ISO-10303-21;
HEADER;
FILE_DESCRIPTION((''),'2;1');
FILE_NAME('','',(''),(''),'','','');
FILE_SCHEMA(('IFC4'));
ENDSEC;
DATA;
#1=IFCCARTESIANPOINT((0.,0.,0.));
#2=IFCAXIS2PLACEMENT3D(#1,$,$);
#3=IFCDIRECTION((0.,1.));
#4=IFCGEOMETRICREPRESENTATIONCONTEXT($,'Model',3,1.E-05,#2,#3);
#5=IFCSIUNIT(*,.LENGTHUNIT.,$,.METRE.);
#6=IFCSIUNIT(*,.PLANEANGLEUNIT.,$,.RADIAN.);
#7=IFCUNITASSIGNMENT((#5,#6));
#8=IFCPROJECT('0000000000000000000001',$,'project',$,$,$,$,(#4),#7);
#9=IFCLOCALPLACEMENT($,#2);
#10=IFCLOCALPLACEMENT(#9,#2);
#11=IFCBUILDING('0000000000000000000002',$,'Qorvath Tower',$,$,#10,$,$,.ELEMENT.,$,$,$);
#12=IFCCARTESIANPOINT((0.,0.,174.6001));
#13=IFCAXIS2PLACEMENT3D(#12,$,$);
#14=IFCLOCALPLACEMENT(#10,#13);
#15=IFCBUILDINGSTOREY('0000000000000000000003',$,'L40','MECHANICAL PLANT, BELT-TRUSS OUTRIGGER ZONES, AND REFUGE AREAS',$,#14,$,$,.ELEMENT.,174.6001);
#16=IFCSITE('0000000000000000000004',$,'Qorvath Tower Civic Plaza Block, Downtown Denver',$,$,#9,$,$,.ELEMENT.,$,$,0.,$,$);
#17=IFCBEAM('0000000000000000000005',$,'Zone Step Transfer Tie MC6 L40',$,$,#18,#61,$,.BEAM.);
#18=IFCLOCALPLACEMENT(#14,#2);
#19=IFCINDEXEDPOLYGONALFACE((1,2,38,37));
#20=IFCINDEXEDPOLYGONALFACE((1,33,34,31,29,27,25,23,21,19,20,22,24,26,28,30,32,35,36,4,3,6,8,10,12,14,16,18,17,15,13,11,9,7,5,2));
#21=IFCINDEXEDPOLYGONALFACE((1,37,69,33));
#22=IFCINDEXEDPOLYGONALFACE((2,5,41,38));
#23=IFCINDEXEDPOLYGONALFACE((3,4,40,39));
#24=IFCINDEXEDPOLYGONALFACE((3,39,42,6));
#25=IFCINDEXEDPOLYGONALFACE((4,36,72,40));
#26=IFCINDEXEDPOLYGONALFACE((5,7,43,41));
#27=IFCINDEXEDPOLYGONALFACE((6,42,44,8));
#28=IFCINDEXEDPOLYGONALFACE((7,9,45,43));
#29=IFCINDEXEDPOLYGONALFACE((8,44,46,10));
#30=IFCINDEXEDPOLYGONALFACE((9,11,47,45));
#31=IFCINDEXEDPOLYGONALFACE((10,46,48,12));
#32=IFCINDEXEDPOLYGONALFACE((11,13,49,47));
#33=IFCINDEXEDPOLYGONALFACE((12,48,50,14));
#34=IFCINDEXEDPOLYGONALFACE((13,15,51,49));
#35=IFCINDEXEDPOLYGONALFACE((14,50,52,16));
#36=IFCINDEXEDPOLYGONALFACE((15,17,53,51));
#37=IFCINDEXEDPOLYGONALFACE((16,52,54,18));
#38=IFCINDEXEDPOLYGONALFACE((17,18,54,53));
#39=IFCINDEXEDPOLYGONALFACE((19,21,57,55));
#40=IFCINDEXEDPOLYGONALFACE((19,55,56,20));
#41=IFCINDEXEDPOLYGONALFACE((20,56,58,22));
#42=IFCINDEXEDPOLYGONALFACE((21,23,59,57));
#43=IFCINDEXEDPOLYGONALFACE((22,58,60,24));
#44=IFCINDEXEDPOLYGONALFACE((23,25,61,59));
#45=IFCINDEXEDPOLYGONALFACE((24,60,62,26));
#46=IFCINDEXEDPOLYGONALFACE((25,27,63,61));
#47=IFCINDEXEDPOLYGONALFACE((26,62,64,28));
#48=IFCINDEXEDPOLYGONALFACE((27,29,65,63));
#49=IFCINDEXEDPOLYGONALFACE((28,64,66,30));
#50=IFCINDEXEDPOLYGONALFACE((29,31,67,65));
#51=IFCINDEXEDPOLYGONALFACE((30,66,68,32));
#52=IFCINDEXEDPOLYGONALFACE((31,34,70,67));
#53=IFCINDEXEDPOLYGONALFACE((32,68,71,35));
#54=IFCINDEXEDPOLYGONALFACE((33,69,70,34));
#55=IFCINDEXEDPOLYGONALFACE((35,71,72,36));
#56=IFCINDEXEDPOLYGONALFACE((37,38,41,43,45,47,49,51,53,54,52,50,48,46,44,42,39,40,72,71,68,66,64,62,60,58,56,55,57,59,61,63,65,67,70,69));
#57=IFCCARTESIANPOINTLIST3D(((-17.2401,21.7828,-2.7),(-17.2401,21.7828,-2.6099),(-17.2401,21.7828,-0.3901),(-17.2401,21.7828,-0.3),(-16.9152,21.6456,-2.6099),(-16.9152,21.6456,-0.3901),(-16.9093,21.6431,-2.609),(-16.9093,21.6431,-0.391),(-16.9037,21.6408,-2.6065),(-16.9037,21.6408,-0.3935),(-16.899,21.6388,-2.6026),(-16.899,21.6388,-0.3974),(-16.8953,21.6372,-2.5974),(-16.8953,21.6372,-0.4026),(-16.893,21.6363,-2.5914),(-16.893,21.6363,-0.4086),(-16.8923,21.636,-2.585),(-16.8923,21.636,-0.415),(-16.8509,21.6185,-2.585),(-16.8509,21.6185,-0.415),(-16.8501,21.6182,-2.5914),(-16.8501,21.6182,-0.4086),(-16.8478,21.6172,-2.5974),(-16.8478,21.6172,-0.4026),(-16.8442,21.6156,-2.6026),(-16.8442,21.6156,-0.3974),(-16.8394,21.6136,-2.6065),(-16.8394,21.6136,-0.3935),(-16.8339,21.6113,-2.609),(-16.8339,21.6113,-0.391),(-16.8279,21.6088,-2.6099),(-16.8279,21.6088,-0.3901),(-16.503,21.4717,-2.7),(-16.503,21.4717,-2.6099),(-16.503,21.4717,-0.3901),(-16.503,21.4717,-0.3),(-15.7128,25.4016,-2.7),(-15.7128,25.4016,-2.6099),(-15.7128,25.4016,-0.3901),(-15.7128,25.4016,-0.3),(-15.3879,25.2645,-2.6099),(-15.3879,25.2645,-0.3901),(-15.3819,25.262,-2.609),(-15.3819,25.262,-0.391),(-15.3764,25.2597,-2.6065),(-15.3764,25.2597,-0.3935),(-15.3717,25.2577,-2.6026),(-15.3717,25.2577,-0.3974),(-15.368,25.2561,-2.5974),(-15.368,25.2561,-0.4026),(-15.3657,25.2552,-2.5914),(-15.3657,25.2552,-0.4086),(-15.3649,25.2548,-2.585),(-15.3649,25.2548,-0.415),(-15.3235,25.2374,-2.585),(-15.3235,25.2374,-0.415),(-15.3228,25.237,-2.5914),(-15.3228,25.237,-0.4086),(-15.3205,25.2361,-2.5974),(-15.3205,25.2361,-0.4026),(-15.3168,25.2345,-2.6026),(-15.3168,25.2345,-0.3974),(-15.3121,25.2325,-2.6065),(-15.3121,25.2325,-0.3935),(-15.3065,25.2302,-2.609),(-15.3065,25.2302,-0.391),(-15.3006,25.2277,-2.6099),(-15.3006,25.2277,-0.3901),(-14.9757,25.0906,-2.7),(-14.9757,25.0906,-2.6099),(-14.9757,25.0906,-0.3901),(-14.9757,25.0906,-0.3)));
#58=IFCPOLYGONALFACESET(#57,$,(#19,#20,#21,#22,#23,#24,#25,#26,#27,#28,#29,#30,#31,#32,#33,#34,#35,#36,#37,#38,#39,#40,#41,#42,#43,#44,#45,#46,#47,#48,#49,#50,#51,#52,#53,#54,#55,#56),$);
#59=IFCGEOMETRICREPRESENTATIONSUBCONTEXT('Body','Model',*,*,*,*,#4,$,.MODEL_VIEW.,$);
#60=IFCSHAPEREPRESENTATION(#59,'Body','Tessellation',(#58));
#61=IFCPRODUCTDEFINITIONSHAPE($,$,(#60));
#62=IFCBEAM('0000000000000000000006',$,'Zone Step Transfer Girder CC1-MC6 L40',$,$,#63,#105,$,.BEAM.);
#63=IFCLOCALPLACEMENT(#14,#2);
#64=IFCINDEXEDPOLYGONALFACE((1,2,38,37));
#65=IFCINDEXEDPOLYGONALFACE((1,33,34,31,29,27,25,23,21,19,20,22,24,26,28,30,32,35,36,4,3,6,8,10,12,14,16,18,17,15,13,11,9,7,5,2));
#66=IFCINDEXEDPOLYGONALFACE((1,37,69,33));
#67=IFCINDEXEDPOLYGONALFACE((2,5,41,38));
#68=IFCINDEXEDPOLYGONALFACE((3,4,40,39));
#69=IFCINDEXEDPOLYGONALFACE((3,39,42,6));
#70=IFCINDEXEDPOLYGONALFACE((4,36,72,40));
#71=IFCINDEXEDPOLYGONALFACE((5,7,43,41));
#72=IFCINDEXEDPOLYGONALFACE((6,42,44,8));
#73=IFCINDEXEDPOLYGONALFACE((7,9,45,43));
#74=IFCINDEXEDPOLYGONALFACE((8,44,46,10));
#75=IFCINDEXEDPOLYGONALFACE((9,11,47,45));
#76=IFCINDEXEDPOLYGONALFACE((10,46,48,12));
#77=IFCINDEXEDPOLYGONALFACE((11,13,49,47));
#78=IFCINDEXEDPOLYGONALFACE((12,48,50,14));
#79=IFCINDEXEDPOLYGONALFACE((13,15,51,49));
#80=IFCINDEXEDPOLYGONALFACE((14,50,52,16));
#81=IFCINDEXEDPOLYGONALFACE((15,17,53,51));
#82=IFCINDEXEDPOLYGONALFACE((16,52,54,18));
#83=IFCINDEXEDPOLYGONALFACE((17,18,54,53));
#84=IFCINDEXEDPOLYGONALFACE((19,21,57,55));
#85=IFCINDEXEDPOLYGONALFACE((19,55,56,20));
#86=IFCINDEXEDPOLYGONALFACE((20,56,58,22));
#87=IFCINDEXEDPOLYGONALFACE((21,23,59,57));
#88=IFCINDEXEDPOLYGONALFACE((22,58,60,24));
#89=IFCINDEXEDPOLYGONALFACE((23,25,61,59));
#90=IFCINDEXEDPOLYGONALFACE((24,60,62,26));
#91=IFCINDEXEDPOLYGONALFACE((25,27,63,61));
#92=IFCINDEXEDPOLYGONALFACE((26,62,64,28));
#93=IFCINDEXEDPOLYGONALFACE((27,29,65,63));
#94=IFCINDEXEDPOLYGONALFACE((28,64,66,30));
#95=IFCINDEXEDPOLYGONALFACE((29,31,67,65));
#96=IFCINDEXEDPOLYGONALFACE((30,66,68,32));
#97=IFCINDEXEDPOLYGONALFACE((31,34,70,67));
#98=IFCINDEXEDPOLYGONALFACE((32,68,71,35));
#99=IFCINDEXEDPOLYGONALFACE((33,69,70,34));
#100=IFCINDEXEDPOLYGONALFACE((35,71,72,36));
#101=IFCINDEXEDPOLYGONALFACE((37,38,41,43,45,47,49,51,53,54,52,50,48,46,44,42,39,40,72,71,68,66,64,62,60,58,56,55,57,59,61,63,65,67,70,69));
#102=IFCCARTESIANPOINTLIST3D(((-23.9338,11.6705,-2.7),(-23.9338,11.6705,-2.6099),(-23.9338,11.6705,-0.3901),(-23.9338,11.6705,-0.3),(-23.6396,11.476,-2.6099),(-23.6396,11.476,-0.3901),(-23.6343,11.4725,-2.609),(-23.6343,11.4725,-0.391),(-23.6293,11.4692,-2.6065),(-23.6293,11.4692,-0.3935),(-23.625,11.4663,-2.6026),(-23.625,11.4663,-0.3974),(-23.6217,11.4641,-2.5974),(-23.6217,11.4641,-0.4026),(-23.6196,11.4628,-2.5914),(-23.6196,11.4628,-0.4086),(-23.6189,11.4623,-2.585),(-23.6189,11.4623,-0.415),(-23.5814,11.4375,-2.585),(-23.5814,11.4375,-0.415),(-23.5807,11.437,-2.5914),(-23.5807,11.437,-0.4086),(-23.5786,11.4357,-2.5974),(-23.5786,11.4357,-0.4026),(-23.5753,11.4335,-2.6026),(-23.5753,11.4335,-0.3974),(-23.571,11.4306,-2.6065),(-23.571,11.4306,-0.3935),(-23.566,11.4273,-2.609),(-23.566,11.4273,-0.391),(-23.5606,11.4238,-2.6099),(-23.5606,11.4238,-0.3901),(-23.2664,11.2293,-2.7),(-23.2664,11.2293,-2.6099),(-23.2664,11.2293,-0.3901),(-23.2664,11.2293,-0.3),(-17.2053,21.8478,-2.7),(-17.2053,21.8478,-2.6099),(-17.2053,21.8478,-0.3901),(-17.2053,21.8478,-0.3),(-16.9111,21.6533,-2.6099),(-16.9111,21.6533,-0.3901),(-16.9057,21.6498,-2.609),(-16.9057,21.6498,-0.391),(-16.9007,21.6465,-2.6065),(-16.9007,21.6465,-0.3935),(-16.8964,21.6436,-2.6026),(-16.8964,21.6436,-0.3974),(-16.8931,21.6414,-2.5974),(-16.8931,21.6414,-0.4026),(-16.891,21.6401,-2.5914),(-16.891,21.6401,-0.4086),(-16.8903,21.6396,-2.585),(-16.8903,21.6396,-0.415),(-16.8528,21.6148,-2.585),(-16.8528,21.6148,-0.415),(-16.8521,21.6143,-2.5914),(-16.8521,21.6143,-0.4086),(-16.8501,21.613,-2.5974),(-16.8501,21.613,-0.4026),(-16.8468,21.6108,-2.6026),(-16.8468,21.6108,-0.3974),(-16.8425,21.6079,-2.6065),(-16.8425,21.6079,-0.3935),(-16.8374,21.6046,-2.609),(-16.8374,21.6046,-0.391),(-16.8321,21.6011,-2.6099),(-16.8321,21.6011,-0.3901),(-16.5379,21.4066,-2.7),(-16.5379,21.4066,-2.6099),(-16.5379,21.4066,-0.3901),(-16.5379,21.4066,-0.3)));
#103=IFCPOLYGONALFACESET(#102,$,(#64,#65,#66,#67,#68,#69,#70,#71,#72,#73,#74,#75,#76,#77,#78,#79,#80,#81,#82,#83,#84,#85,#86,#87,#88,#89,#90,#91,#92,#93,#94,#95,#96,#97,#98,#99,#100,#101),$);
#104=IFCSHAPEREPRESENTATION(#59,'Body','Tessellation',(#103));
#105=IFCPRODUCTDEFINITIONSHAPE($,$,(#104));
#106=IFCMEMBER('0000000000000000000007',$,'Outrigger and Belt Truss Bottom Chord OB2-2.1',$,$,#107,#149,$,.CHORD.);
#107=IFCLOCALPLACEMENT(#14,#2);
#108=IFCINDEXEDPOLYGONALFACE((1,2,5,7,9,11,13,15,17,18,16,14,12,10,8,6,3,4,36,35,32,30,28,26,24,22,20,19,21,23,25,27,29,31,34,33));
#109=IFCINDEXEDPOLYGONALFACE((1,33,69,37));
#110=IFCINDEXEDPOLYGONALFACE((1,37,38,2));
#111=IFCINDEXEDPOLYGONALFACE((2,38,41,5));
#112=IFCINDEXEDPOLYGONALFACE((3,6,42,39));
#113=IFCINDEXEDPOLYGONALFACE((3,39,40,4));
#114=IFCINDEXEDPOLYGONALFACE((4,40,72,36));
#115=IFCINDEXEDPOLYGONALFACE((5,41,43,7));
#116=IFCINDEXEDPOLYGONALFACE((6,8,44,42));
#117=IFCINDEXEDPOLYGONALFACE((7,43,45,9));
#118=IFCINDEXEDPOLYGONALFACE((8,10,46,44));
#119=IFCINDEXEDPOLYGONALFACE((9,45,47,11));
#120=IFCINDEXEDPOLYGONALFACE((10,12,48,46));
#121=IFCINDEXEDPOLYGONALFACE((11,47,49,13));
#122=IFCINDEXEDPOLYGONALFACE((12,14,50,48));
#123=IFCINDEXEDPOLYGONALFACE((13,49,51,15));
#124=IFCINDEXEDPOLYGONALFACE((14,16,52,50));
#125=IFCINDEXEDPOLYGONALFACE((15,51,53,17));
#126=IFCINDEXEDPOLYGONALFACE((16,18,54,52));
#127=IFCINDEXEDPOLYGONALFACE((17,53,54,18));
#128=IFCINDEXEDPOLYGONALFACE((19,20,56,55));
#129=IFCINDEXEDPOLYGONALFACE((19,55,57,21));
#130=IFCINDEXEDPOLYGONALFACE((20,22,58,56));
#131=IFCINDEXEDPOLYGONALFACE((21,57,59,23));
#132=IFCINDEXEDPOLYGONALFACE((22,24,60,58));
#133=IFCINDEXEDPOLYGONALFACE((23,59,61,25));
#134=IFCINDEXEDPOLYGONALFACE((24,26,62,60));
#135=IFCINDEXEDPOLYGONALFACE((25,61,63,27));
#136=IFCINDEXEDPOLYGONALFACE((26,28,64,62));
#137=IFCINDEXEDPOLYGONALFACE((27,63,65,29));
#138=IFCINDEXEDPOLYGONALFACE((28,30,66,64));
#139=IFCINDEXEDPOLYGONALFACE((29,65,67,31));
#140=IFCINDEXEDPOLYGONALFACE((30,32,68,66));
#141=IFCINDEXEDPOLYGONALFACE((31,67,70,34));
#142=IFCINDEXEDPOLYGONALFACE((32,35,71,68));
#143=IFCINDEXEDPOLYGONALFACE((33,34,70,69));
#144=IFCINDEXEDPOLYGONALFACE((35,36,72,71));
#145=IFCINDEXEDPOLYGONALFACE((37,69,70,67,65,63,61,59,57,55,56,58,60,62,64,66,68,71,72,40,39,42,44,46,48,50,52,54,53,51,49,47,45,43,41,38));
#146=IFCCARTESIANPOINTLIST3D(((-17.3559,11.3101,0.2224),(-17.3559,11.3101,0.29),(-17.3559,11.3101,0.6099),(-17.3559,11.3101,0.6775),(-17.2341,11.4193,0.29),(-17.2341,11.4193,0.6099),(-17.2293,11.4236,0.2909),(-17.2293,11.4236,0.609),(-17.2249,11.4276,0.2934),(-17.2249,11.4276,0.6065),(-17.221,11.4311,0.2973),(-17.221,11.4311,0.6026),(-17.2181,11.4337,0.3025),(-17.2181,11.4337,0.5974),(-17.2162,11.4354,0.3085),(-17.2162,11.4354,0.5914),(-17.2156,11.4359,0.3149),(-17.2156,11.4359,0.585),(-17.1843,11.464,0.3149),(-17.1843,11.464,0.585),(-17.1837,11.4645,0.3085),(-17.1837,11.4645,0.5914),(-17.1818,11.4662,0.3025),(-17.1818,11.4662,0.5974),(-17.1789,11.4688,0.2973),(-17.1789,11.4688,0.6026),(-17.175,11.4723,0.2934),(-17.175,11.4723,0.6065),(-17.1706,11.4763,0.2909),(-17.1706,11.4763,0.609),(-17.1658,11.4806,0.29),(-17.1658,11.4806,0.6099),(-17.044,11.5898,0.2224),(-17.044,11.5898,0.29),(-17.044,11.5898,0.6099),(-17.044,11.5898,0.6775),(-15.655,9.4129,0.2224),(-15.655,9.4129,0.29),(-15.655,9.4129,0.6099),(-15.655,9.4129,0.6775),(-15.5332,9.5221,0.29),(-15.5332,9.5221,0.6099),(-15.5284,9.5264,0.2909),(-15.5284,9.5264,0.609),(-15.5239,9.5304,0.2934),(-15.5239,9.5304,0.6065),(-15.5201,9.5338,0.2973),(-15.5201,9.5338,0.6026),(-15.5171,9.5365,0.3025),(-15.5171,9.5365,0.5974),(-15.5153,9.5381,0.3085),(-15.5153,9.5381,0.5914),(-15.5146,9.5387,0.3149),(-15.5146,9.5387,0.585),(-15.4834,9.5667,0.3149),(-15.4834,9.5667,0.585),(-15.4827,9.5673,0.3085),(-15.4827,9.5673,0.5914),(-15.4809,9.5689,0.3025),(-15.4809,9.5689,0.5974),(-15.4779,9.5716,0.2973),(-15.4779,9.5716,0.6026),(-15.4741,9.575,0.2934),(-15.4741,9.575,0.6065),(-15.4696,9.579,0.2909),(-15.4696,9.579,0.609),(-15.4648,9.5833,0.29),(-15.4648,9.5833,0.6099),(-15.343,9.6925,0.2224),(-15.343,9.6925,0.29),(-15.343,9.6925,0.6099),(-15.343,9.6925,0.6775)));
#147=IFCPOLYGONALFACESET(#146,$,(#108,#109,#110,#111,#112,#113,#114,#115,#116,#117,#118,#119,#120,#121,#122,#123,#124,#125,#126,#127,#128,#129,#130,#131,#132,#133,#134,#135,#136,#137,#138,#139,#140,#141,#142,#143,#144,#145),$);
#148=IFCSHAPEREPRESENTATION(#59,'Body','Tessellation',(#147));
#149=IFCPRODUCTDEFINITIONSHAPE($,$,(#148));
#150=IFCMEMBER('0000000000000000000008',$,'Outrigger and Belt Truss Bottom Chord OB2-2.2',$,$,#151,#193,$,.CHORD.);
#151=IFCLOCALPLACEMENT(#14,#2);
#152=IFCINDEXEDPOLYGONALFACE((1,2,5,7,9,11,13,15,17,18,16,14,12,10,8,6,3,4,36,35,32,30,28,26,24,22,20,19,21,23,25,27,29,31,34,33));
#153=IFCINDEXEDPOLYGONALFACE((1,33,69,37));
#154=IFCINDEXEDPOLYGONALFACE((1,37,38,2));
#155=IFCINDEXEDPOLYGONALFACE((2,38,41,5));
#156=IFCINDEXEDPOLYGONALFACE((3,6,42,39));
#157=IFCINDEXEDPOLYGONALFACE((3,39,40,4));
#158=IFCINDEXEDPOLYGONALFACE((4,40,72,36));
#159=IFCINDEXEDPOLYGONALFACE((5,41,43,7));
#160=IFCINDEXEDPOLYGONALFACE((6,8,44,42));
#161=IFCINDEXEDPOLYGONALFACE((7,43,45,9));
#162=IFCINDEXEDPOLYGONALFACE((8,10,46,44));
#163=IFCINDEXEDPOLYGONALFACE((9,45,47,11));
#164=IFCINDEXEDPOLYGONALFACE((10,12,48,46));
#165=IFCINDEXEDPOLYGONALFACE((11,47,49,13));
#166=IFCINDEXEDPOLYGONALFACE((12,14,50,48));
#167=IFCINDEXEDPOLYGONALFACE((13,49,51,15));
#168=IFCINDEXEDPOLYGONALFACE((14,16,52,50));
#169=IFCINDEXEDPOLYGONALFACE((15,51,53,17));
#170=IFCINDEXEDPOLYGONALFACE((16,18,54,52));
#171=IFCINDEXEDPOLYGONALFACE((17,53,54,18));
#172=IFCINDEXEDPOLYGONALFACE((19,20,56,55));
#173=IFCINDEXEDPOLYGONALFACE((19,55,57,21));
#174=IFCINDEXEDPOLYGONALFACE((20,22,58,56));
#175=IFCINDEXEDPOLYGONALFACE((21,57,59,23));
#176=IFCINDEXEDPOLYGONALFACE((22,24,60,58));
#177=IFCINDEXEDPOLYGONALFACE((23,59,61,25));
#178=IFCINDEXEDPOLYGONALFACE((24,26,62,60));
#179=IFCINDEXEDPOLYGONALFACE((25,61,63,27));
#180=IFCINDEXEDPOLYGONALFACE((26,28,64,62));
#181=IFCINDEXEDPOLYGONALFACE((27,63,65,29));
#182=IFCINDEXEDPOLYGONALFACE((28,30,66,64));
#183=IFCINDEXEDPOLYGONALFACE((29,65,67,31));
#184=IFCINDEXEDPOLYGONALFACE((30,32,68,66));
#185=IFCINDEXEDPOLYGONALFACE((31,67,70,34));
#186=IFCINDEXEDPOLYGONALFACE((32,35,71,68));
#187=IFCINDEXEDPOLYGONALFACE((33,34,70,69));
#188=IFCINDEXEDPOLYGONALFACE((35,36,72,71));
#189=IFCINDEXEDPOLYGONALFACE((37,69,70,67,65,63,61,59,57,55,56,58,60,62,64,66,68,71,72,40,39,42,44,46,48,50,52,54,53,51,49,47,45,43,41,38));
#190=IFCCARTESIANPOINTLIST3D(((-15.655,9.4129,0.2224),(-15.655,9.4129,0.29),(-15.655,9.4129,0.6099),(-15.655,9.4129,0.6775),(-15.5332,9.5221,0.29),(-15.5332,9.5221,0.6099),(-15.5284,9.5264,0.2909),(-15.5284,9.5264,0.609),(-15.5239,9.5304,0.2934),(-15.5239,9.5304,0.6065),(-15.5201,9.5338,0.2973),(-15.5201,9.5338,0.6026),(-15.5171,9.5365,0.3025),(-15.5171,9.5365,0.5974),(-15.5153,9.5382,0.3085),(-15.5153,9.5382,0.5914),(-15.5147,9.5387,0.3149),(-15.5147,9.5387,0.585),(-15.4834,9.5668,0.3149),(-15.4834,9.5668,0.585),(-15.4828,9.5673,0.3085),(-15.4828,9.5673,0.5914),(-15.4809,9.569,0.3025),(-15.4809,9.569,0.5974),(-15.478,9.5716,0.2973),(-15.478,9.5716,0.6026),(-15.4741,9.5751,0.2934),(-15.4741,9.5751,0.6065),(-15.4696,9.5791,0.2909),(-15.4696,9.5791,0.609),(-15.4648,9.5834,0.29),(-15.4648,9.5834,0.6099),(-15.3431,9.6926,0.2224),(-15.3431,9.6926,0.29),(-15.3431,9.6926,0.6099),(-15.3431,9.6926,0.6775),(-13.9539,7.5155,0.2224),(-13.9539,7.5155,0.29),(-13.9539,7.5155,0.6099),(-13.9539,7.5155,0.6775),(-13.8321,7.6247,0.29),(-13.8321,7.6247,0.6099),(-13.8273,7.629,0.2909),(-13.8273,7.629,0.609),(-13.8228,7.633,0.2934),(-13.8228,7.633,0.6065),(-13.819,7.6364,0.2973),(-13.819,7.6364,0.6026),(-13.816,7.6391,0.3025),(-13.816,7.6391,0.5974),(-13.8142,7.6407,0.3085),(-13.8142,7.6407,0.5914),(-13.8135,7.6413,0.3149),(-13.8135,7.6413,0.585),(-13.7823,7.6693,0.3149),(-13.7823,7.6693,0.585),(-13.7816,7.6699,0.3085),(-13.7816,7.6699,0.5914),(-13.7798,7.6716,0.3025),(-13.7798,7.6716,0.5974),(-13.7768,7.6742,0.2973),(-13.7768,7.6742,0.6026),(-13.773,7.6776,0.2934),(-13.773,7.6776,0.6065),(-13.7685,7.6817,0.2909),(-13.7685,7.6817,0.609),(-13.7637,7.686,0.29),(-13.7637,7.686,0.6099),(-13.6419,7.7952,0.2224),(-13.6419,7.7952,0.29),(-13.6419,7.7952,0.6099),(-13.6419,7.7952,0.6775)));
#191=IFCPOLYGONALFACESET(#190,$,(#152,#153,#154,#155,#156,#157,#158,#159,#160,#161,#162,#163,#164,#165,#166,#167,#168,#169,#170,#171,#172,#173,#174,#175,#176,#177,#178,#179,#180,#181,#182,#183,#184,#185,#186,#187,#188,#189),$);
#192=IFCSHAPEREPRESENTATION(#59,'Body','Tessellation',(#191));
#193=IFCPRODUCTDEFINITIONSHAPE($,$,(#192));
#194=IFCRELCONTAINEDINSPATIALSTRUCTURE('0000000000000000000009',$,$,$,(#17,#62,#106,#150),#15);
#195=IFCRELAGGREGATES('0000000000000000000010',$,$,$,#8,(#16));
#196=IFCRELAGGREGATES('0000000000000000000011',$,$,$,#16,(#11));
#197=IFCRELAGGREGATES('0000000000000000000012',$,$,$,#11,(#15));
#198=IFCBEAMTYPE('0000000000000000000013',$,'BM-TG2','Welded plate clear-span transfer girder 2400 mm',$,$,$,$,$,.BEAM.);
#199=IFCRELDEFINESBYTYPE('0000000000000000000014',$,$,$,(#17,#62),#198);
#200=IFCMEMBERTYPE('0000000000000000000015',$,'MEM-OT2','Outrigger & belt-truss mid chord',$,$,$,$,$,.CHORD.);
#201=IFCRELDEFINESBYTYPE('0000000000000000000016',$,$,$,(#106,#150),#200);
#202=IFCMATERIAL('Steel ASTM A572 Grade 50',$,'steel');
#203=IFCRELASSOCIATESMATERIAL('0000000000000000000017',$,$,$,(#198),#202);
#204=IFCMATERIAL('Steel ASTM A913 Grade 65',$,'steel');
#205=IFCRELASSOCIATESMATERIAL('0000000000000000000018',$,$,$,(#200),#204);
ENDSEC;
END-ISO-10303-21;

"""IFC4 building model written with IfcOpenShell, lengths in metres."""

from ifc_helpers import new_model, si_unit, direction, frame, origin, origin_2d, place, context, subcontext, project, spatial, i_section, extrude, material, material_profile, profile_set, type_object, element, save


model = new_model("IFC4")

# Units and contexts
model_context = context("Model", 3, precision=1e-05, world=origin(), true_north=direction((0.0, 1.0)))
body_context = subcontext(model_context, "Body", "Model", "MODEL_VIEW")
ifc_project = project(units=[si_unit("LENGTHUNIT", "METRE"), si_unit("PLANEANGLEUNIT", "RADIAN")], contexts=[model_context])

# Site, building, storey
site_placement = place(None, origin())
site = spatial("IfcSite", under=ifc_project, at=site_placement, Name="Qorvath Tower Civic Plaza Block, Downtown Denver", CompositionType="ELEMENT", RefElevation=0.0)
building_placement = place(site_placement, origin())
building = spatial("IfcBuilding", under=site, at=building_placement, Name="Qorvath Tower", CompositionType="ELEMENT")
storey_placement = place(building_placement, frame((0.0, 0.0, 174.6001)))
storey = spatial("IfcBuildingStorey", under=building, at=storey_placement, Name="L40", Description="MECHANICAL PLANT, BELT-TRUSS OUTRIGGER ZONES, AND REFUGE AREAS", CompositionType="ELEMENT", Elevation=174.6001)

# Beams
ifc_material_1 = material(Name="Steel ASTM A572 Grade 50", Category="steel")
ifc_material_profile_1 = material_profile(ifc_material_1, i_section(OverallWidth=0.8, OverallDepth=2.3999, WebThickness=0.0449, FlangeThickness=0.0901, FilletRadius=0.0249, at=origin_2d()), Name="WTG 2400x800")
ifc_profile_set_1 = profile_set([ifc_material_profile_1], Name="Steel ASTM A572 Grade 50")
beam_type_1 = type_object("IfcBeamType", Name="BM-TG2", Description="Welded plate clear-span transfer girder 2400 mm", PredefinedType="BEAM", material=ifc_profile_set_1)
beam_1_placement = place(storey_placement, frame((-15.3442, 25.2461, -1.5), z_axis=(-0.388835, -0.921307, 0.0), x_axis=(0.921307, -0.388835, 0.0)))
element("IfcBeam", 1, at=beam_1_placement, inside=storey, type_object=beam_type_1, Name="Zone Step Transfer Tie MC6 L40", PredefinedType="BEAM", context=body_context, shape_type="SweptSolid", body=[
    extrude(i_section(OverallWidth=0.8, OverallDepth=2.3999, WebThickness=0.0449, FlangeThickness=0.0901, FilletRadius=0.0249, at=origin_2d()), origin(), (0.0, 0.0, 1.0), 3.928),
])
beam_2_placement = place(storey_placement, frame((-16.8716, 21.6272, -1.5), z_axis=(-0.551501, -0.834175, 0.0), x_axis=(0.834175, -0.551501, 0.0)))
element("IfcBeam", 2, at=beam_2_placement, inside=storey, type_object=beam_type_1, Name="Zone Step Transfer Girder CC1-MC6 L40", PredefinedType="BEAM", context=body_context, shape_type="SweptSolid", body=[
    extrude(i_section(OverallWidth=0.8, OverallDepth=2.3999, WebThickness=0.0449, FlangeThickness=0.0901, FilletRadius=0.0249, at=origin_2d()), origin(), (0.0, 0.0, 1.0), 12.2004),
])

# Members
ifc_material_2 = material(Name="Steel ASTM A913 Grade 65", Category="steel")
ifc_material_profile_2 = material_profile(ifc_material_2, i_section(OverallWidth=0.4189, OverallDepth=0.4551, WebThickness=0.042, FlangeThickness=0.0676, FilletRadius=0.0249, at=origin_2d()), Name="W14x370")
ifc_profile_set_2 = profile_set([ifc_material_profile_2], Name="Steel ASTM A913 Grade 65")
member_type_1 = type_object("IfcMemberType", Name="MEM-OT2", Description="Outrigger & belt-truss mid chord", PredefinedType="CHORD", material=ifc_profile_set_2)
member_1_placement = place(storey_placement, frame((-17.2, 11.45, 0.45), z_axis=(0.66754, -0.744574, 0.0), x_axis=(0.744574, 0.66754, 0.0)))
element("IfcMember", 3, at=member_1_placement, inside=storey, type_object=member_type_1, Name="Outrigger and Belt Truss Bottom Chord OB2-2.1", PredefinedType="CHORD", context=body_context, shape_type="SweptSolid", body=[
    extrude(i_section(OverallWidth=0.4189, OverallDepth=0.4551, WebThickness=0.042, FlangeThickness=0.0676, FilletRadius=0.0249, at=origin_2d()), origin(), (0.0, 0.0, 1.0), 2.5481),
])
member_2_placement = place(storey_placement, frame((-15.499, 9.5527, 0.45), z_axis=(0.667545, -0.744569, 0.0), x_axis=(0.744569, 0.667545, 0.0)))
element("IfcMember", 4, at=member_2_placement, inside=storey, type_object=member_type_1, Name="Outrigger and Belt Truss Bottom Chord OB2-2.2", PredefinedType="CHORD", context=body_context, shape_type="SweptSolid", body=[
    extrude(i_section(OverallWidth=0.4189, OverallDepth=0.4551, WebThickness=0.042, FlangeThickness=0.0676, FilletRadius=0.0249, at=origin_2d()), origin(), (0.0, 0.0, 1.0), 2.5483),
])

save(model, "model.ifc")
